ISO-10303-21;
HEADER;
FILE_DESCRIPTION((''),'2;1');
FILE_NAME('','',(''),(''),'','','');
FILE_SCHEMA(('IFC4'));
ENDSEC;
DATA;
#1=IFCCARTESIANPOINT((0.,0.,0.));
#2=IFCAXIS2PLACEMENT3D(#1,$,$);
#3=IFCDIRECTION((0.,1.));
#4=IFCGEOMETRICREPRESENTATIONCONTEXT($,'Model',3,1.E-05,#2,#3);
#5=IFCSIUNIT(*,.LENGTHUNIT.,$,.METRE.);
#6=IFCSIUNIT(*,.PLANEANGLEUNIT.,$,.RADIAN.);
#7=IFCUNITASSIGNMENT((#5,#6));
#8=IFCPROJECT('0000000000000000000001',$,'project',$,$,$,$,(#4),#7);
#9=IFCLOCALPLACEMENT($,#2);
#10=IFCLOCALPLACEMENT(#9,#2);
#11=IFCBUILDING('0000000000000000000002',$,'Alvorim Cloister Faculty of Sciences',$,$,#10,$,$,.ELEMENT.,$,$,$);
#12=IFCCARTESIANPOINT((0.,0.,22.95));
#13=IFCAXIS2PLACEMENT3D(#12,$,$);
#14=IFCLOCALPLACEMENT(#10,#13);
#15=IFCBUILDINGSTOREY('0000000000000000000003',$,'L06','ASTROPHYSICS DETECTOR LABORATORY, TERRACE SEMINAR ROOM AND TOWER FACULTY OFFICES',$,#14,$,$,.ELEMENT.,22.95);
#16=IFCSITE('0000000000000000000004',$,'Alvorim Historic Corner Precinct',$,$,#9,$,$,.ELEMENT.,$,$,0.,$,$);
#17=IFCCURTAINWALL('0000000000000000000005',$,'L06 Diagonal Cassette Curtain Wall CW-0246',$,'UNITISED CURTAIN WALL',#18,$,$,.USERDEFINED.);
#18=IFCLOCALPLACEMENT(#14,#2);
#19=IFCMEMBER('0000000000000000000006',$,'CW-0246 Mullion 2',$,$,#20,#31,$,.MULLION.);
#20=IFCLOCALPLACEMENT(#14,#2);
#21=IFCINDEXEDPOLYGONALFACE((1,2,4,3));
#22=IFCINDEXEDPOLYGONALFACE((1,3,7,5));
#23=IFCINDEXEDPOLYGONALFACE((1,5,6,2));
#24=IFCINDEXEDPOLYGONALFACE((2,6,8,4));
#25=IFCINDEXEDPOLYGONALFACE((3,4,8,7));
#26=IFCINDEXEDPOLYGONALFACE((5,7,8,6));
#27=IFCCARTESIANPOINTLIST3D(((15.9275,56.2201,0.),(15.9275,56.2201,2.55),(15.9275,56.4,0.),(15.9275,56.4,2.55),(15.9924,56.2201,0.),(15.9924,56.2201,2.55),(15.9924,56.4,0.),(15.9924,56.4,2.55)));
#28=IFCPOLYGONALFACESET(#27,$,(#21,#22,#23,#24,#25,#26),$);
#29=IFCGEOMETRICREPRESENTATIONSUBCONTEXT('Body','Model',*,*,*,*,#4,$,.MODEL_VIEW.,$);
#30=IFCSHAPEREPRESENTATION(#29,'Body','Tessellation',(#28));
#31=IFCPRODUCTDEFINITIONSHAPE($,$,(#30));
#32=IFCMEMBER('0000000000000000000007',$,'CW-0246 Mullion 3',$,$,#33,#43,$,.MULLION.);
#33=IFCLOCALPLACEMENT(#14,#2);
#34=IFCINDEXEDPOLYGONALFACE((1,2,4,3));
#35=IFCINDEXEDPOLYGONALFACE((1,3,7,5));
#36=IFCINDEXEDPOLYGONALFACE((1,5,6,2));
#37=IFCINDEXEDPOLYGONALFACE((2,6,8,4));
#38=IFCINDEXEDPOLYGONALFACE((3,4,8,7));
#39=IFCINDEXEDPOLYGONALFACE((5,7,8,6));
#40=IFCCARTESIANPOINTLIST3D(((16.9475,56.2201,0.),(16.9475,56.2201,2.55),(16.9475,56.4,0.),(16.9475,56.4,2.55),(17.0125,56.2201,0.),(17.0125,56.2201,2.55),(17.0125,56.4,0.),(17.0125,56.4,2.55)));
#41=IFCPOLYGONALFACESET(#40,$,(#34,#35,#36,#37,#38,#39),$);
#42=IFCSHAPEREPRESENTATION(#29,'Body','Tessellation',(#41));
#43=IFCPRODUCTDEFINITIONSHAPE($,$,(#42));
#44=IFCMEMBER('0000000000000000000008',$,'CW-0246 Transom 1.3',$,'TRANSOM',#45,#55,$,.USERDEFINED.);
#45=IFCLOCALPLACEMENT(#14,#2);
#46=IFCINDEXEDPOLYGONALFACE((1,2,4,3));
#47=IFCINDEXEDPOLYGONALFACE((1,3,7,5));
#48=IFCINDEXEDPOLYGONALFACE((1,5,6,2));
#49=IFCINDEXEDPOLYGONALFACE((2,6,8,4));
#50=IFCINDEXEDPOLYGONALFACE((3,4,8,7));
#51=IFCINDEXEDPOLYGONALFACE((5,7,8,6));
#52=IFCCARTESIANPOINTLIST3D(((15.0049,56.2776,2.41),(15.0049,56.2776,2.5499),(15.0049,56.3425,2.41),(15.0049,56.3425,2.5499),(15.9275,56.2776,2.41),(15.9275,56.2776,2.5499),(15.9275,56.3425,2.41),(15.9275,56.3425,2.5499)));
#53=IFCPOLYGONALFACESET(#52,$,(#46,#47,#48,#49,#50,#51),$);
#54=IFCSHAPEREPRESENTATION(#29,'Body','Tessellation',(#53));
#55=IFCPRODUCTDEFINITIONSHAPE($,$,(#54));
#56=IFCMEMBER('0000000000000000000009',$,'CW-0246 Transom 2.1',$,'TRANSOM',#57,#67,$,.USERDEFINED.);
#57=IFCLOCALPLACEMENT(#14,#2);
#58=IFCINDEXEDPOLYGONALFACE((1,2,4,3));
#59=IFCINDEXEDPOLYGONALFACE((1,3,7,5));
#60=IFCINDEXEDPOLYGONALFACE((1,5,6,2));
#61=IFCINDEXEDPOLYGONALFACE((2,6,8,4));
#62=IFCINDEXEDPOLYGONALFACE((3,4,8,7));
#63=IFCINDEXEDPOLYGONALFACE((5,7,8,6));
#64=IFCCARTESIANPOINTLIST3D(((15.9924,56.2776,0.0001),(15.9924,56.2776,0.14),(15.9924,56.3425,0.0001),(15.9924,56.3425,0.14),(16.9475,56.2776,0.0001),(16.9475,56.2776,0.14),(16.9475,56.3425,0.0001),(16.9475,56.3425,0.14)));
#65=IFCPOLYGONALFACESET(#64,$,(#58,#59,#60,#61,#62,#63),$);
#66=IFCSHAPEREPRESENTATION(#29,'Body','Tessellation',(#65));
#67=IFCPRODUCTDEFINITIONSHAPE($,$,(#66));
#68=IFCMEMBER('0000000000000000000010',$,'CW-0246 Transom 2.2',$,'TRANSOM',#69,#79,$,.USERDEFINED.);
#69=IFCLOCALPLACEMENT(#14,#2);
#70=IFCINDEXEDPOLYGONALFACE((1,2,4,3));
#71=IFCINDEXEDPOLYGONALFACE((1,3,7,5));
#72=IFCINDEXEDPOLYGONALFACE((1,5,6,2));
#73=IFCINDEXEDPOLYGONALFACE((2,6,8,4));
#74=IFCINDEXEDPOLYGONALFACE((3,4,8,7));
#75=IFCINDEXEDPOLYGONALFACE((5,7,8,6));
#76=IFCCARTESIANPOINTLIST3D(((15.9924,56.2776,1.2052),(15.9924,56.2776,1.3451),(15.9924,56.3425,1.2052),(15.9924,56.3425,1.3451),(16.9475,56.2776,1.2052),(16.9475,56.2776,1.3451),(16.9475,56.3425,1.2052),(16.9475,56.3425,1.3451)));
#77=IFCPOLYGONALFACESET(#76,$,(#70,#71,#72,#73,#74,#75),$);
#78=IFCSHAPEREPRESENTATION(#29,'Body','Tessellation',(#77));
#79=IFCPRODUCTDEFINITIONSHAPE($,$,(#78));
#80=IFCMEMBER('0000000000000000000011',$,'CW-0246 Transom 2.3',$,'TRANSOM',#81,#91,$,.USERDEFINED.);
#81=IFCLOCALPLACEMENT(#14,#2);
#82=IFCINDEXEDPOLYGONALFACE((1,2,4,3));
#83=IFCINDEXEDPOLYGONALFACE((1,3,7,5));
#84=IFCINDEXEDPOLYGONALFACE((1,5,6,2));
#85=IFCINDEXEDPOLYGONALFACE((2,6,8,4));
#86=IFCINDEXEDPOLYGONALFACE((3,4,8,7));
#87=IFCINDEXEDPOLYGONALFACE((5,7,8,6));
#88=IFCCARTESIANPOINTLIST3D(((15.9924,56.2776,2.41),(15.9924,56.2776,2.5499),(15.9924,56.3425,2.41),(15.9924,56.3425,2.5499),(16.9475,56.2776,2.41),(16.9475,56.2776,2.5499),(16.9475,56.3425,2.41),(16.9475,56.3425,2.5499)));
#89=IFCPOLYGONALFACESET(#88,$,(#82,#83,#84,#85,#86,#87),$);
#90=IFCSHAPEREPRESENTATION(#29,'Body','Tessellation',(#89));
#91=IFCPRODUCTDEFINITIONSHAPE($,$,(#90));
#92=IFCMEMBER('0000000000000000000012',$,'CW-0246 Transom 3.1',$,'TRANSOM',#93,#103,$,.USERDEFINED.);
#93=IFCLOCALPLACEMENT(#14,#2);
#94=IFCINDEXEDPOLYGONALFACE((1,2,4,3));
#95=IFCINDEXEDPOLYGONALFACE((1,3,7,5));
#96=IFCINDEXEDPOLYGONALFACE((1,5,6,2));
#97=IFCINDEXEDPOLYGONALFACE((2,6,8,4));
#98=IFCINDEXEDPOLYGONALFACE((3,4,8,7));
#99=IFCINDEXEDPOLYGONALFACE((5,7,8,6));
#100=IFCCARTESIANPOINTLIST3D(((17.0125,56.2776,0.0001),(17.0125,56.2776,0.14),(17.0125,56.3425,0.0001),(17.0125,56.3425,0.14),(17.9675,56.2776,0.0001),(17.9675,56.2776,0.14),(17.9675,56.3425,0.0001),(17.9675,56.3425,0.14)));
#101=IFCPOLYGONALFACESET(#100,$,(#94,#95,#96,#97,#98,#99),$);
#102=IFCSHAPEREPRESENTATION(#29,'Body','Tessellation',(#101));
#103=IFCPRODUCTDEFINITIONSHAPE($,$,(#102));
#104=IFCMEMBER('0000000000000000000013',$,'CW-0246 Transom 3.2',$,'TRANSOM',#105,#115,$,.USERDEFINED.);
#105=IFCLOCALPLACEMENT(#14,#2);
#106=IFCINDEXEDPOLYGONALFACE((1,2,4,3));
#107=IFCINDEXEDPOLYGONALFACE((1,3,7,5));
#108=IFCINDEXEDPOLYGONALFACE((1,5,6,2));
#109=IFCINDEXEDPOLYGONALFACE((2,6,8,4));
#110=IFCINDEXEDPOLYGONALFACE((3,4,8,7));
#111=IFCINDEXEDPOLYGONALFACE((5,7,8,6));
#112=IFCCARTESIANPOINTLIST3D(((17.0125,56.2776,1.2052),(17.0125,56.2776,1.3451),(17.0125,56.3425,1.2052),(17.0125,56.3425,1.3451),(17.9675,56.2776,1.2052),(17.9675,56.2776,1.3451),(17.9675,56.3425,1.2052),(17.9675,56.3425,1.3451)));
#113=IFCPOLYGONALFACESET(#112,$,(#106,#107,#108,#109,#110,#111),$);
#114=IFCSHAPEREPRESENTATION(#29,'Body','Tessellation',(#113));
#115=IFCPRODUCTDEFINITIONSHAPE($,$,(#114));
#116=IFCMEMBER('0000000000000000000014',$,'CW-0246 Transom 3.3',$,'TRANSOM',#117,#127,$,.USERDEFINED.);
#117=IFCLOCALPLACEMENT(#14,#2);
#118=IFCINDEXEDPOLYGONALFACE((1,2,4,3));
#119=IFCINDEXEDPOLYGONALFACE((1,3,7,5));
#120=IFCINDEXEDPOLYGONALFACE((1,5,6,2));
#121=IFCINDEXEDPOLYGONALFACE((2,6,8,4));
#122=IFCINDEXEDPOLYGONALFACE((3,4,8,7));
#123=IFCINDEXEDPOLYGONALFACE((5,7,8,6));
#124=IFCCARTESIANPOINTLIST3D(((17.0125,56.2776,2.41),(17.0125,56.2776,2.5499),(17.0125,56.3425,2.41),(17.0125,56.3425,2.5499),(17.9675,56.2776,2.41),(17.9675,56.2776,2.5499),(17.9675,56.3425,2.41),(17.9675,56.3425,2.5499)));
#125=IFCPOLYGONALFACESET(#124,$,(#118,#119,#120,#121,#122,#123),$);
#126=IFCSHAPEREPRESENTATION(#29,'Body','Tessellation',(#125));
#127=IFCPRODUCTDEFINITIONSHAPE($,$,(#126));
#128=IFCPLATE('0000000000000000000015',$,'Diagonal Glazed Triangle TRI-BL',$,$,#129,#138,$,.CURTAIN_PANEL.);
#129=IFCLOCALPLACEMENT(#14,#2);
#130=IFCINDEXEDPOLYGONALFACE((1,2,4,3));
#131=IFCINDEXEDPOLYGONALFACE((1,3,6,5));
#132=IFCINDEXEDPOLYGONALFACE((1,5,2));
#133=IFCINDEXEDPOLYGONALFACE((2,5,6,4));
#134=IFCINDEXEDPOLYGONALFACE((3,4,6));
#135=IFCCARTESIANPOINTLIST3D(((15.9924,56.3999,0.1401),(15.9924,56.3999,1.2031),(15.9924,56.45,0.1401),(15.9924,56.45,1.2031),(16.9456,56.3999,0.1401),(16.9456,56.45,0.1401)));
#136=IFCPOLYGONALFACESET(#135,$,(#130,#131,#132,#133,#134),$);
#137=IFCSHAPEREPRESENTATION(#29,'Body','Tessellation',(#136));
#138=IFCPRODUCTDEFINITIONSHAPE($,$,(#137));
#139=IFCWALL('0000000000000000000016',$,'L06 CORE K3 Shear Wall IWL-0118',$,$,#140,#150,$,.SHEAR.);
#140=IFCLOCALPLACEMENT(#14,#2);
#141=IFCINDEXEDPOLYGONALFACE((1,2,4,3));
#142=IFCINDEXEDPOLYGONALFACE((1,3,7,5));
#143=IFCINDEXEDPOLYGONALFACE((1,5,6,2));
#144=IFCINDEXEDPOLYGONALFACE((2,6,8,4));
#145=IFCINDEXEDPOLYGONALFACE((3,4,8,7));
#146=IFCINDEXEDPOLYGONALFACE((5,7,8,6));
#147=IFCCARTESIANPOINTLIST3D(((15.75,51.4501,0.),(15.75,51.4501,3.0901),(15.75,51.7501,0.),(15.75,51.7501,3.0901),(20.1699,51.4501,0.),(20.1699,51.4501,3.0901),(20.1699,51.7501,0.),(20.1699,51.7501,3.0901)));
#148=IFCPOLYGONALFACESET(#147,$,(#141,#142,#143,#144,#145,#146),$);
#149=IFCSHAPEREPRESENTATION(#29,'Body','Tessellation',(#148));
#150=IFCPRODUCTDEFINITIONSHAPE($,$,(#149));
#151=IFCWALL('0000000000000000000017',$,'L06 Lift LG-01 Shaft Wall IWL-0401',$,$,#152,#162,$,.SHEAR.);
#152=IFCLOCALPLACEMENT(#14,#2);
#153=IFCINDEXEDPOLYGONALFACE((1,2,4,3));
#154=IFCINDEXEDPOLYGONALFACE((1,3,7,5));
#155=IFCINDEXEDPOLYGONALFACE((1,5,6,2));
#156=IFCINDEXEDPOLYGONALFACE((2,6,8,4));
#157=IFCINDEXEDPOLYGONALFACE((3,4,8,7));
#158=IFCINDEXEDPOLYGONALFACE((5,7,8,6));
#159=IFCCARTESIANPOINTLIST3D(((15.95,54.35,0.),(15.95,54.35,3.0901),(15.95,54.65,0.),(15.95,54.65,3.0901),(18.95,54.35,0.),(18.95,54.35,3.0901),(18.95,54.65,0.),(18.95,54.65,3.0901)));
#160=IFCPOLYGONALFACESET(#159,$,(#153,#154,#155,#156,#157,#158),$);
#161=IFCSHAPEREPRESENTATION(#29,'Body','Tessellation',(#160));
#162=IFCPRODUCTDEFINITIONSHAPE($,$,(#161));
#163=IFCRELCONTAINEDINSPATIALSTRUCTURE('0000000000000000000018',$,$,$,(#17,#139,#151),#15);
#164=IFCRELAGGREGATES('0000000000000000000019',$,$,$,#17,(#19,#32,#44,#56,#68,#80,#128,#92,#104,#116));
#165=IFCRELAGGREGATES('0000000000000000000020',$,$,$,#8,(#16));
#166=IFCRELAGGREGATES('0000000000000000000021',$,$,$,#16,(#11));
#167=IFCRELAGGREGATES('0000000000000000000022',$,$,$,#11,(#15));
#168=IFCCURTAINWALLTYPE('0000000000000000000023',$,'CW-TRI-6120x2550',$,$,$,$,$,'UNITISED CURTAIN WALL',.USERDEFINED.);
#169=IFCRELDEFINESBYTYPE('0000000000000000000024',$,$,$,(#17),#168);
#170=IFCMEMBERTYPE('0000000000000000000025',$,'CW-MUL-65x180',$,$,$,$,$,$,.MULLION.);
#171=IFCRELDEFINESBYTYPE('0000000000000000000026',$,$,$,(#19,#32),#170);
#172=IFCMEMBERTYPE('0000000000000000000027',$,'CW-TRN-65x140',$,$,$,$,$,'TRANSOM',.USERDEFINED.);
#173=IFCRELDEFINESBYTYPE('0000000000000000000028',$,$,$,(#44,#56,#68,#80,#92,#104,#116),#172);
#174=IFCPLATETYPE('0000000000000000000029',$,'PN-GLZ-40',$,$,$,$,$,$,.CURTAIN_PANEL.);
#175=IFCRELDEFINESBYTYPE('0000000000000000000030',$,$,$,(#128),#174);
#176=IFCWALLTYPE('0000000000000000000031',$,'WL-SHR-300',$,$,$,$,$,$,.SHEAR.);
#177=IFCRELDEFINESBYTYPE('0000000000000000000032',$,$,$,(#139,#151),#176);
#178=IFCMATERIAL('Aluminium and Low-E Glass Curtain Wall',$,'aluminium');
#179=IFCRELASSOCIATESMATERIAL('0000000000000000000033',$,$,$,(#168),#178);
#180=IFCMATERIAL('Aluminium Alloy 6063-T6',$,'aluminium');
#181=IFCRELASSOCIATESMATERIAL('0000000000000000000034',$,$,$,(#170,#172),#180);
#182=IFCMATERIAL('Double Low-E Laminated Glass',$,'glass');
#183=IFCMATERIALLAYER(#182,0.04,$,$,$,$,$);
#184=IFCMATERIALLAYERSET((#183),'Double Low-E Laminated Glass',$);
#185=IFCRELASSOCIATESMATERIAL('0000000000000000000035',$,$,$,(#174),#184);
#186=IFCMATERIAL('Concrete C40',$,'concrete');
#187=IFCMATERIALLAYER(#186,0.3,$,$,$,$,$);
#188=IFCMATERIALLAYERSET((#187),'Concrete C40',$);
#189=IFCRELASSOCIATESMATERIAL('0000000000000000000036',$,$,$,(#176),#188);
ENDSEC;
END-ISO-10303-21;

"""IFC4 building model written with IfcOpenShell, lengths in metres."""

from ifc_helpers import new_model, si_unit, direction, frame, frame_2d, origin, origin_2d, place, context, subcontext, project, spatial, polyline, rectangle, outline, extrude, material, layer, layer_set, material_profile, profile_set, type_object, element, aggregate, save


model = new_model("IFC4")

# Units and contexts
model_context = context("Model", 3, precision=1e-05, world=origin(), true_north=direction((0.0, 1.0)))
body_context = subcontext(model_context, "Body", "Model", "MODEL_VIEW")
ifc_project = project(units=[si_unit("LENGTHUNIT", "METRE"), si_unit("PLANEANGLEUNIT", "RADIAN")], contexts=[model_context])

# Site, building, storey
site_placement = place(None, origin())
site = spatial("IfcSite", under=ifc_project, at=site_placement, Name="Alvorim Historic Corner Precinct", CompositionType="ELEMENT", RefElevation=0.0)
building_placement = place(site_placement, origin())
building = spatial("IfcBuilding", under=site, at=building_placement, Name="Alvorim Cloister Faculty of Sciences", CompositionType="ELEMENT")
storey_placement = place(building_placement, frame((0.0, 0.0, 22.95)))
storey = spatial("IfcBuildingStorey", under=building, at=storey_placement, Name="L06", Description="ASTROPHYSICS DETECTOR LABORATORY, TERRACE SEMINAR ROOM AND TOWER FACULTY OFFICES", CompositionType="ELEMENT", Elevation=22.95)

# Curtain wall, members, plate
ifc_material_1 = material(Name="Aluminium and Low-E Glass Curtain Wall", Category="aluminium")
curtain_wall_type = type_object("IfcCurtainWallType", Name="CW-TRI-6120x2550", ElementType="UNITISED CURTAIN WALL", PredefinedType="USERDEFINED", material=ifc_material_1)
curtain_wall_placement = place(storey_placement, origin())
curtain_wall = element("IfcCurtainWall", 1, at=curtain_wall_placement, inside=storey, type_object=curtain_wall_type, Name="L06 Diagonal Cassette Curtain Wall CW-0246", ObjectType="UNITISED CURTAIN WALL", PredefinedType="USERDEFINED")
ifc_material_2 = material(Name="Aluminium Alloy 6063-T6", Category="aluminium")
ifc_material_profile_1 = material_profile(ifc_material_2, rectangle(XDim=0.0649, YDim=0.1799, at=origin_2d()), Name="ALU-MUL-65x180")
ifc_profile_set_1 = profile_set([ifc_material_profile_1], Name="Aluminium Alloy 6063-T6")
member_type_1 = type_object("IfcMemberType", Name="CW-MUL-65x180", PredefinedType="MULLION", material=ifc_profile_set_1)
member_1_placement = place(storey_placement, frame((15.96, 56.3101, 0.0), z_axis=(0.0, 0.0, 1.0), x_axis=(1.0, 0.0, 0.0)))
member_1 = element("IfcMember", 2, at=member_1_placement, type_object=member_type_1, Name="CW-0246 Mullion 2", PredefinedType="MULLION", context=body_context, shape_type="SweptSolid", body=[
    extrude(rectangle(XDim=0.0649, YDim=0.1799, at=origin_2d()), origin(), (0.0, 0.0, 1.0), 2.55),
])
member_2_placement = place(storey_placement, frame((16.98, 56.3101, 0.0), z_axis=(0.0, 0.0, 1.0), x_axis=(1.0, 0.0, 0.0)))
member_2 = element("IfcMember", 3, at=member_2_placement, type_object=member_type_1, Name="CW-0246 Mullion 3", PredefinedType="MULLION", context=body_context, shape_type="SweptSolid", body=[
    extrude(rectangle(XDim=0.0649, YDim=0.1799, at=origin_2d()), origin(), (0.0, 0.0, 1.0), 2.55),
])
ifc_material_profile_2 = material_profile(ifc_material_2, rectangle(XDim=0.0649, YDim=0.1399, at=origin_2d()), Name="ALU-TRN-65x140")
ifc_profile_set_2 = profile_set([ifc_material_profile_2], Name="Aluminium Alloy 6063-T6")
member_type_2 = type_object("IfcMemberType", Name="CW-TRN-65x140", ElementType="TRANSOM", PredefinedType="USERDEFINED", material=ifc_profile_set_2)
member_3_placement = place(storey_placement, frame((15.0049, 56.3101, 2.48), z_axis=(1.0, 0.0, 0.0), x_axis=(0.0, 1.0, 0.0)))
member_3 = element("IfcMember", 4, at=member_3_placement, type_object=member_type_2, Name="CW-0246 Transom 1.3", ObjectType="TRANSOM", PredefinedType="USERDEFINED", context=body_context, shape_type="SweptSolid", body=[
    extrude(rectangle(XDim=0.0649, YDim=0.1399, at=origin_2d()), origin(), (0.0, 0.0, 1.0), 0.9226),
])
member_4_placement = place(storey_placement, frame((15.9924, 56.3101, 0.0701), z_axis=(1.0, 0.0, 0.0), x_axis=(0.0, 1.0, 0.0)))
member_4 = element("IfcMember", 5, at=member_4_placement, type_object=member_type_2, Name="CW-0246 Transom 2.1", ObjectType="TRANSOM", PredefinedType="USERDEFINED", context=body_context, shape_type="SweptSolid", body=[
    extrude(rectangle(XDim=0.0649, YDim=0.1399, at=origin_2d()), origin(), (0.0, 0.0, 1.0), 0.9551),
])
member_5_placement = place(storey_placement, frame((15.9924, 56.3101, 1.2751), z_axis=(1.0, 0.0, 0.0), x_axis=(0.0, 1.0, 0.0)))
member_5 = element("IfcMember", 6, at=member_5_placement, type_object=member_type_2, Name="CW-0246 Transom 2.2", ObjectType="TRANSOM", PredefinedType="USERDEFINED", context=body_context, shape_type="SweptSolid", body=[
    extrude(rectangle(XDim=0.0649, YDim=0.1399, at=origin_2d()), origin(), (0.0, 0.0, 1.0), 0.9551),
])
member_6_placement = place(storey_placement, frame((15.9924, 56.3101, 2.48), z_axis=(1.0, 0.0, 0.0), x_axis=(0.0, 1.0, 0.0)))
member_6 = element("IfcMember", 7, at=member_6_placement, type_object=member_type_2, Name="CW-0246 Transom 2.3", ObjectType="TRANSOM", PredefinedType="USERDEFINED", context=body_context, shape_type="SweptSolid", body=[
    extrude(rectangle(XDim=0.0649, YDim=0.1399, at=origin_2d()), origin(), (0.0, 0.0, 1.0), 0.9551),
])
member_7_placement = place(storey_placement, frame((17.0125, 56.3101, 0.0701), z_axis=(1.0, 0.0, 0.0), x_axis=(0.0, 1.0, 0.0)))
member_7 = element("IfcMember", 8, at=member_7_placement, type_object=member_type_2, Name="CW-0246 Transom 3.1", ObjectType="TRANSOM", PredefinedType="USERDEFINED", context=body_context, shape_type="SweptSolid", body=[
    extrude(rectangle(XDim=0.0649, YDim=0.1399, at=origin_2d()), origin(), (0.0, 0.0, 1.0), 0.9551),
])
member_8_placement = place(storey_placement, frame((17.0125, 56.3101, 1.2751), z_axis=(1.0, 0.0, 0.0), x_axis=(0.0, 1.0, 0.0)))
member_8 = element("IfcMember", 9, at=member_8_placement, type_object=member_type_2, Name="CW-0246 Transom 3.2", ObjectType="TRANSOM", PredefinedType="USERDEFINED", context=body_context, shape_type="SweptSolid", body=[
    extrude(rectangle(XDim=0.0649, YDim=0.1399, at=origin_2d()), origin(), (0.0, 0.0, 1.0), 0.9551),
])
member_9_placement = place(storey_placement, frame((17.0125, 56.3101, 2.48), z_axis=(1.0, 0.0, 0.0), x_axis=(0.0, 1.0, 0.0)))
member_9 = element("IfcMember", 10, at=member_9_placement, type_object=member_type_2, Name="CW-0246 Transom 3.3", ObjectType="TRANSOM", PredefinedType="USERDEFINED", context=body_context, shape_type="SweptSolid", body=[
    extrude(rectangle(XDim=0.0649, YDim=0.1399, at=origin_2d()), origin(), (0.0, 0.0, 1.0), 0.9551),
])
ifc_material_3 = material(Name="Double Low-E Laminated Glass", Category="glass")
ifc_layer_1 = layer(ifc_material_3, 0.04)
ifc_layer_set_1 = layer_set([ifc_layer_1], Name="Double Low-E Laminated Glass")
plate_type = type_object("IfcPlateType", Name="PN-GLZ-40", PredefinedType="CURTAIN_PANEL", material=ifc_layer_set_1)
plate_1_placement = place(storey_placement, frame((15.9924, 56.425, 0.1401), z_axis=(0.0, 0.0, 1.0), x_axis=(1.0, 0.0, 0.0)))
plate_1 = element("IfcPlate", 11, at=plate_1_placement, type_object=plate_type, Name="Diagonal Glazed Triangle TRI-BL", PredefinedType="CURTAIN_PANEL", context=body_context, shape_type="SweptSolid", body=[
    extrude(outline(polyline([(0.0, 0.0), (0.9531, 0.0), (0.0, 1.063), (0.0, 0.0)])), frame((0.0, 0.0249, 0.0), z_axis=(0.0, -1.0, 0.0), x_axis=(1.0, 0.0, 0.0)), (0.0, 0.0, 1.0), 0.05),
])
aggregate(curtain_wall, [member_1, member_2, member_3, member_4, member_5, member_6, plate_1, member_7, member_8, member_9])

# Walls
ifc_material_4 = material(Name="Concrete C40", Category="concrete")
ifc_layer_2 = layer(ifc_material_4, 0.3)
ifc_layer_set_2 = layer_set([ifc_layer_2], Name="Concrete C40")
wall_type = type_object("IfcWallType", Name="WL-SHR-300", PredefinedType="SHEAR", material=ifc_layer_set_2)
wall_1_placement = place(storey_placement, frame((15.75, 51.6001, 0.0), z_axis=(0.0, 0.0, 1.0), x_axis=(1.0, 0.0, 0.0)))
element("IfcWall", 12, at=wall_1_placement, inside=storey, type_object=wall_type, Name="L06 CORE K3 Shear Wall IWL-0118", PredefinedType="SHEAR", context=body_context, shape_type="SweptSolid", body=[
    extrude(rectangle(XDim=4.4199, YDim=0.3, at=frame_2d((2.21, 0.0))), origin(), (0.0, 0.0, 1.0), 3.0901),
])
wall_2_placement = place(storey_placement, frame((15.95, 54.5, 0.0), z_axis=(0.0, 0.0, 1.0), x_axis=(1.0, 0.0, 0.0)))
element("IfcWall", 13, at=wall_2_placement, inside=storey, type_object=wall_type, Name="L06 Lift LG-01 Shaft Wall IWL-0401", PredefinedType="SHEAR", context=body_context, shape_type="SweptSolid", body=[
    extrude(rectangle(XDim=3.0, YDim=0.3, at=frame_2d((1.5, 0.0))), origin(), (0.0, 0.0, 1.0), 3.0901),
])

save(model, "model.ifc")
